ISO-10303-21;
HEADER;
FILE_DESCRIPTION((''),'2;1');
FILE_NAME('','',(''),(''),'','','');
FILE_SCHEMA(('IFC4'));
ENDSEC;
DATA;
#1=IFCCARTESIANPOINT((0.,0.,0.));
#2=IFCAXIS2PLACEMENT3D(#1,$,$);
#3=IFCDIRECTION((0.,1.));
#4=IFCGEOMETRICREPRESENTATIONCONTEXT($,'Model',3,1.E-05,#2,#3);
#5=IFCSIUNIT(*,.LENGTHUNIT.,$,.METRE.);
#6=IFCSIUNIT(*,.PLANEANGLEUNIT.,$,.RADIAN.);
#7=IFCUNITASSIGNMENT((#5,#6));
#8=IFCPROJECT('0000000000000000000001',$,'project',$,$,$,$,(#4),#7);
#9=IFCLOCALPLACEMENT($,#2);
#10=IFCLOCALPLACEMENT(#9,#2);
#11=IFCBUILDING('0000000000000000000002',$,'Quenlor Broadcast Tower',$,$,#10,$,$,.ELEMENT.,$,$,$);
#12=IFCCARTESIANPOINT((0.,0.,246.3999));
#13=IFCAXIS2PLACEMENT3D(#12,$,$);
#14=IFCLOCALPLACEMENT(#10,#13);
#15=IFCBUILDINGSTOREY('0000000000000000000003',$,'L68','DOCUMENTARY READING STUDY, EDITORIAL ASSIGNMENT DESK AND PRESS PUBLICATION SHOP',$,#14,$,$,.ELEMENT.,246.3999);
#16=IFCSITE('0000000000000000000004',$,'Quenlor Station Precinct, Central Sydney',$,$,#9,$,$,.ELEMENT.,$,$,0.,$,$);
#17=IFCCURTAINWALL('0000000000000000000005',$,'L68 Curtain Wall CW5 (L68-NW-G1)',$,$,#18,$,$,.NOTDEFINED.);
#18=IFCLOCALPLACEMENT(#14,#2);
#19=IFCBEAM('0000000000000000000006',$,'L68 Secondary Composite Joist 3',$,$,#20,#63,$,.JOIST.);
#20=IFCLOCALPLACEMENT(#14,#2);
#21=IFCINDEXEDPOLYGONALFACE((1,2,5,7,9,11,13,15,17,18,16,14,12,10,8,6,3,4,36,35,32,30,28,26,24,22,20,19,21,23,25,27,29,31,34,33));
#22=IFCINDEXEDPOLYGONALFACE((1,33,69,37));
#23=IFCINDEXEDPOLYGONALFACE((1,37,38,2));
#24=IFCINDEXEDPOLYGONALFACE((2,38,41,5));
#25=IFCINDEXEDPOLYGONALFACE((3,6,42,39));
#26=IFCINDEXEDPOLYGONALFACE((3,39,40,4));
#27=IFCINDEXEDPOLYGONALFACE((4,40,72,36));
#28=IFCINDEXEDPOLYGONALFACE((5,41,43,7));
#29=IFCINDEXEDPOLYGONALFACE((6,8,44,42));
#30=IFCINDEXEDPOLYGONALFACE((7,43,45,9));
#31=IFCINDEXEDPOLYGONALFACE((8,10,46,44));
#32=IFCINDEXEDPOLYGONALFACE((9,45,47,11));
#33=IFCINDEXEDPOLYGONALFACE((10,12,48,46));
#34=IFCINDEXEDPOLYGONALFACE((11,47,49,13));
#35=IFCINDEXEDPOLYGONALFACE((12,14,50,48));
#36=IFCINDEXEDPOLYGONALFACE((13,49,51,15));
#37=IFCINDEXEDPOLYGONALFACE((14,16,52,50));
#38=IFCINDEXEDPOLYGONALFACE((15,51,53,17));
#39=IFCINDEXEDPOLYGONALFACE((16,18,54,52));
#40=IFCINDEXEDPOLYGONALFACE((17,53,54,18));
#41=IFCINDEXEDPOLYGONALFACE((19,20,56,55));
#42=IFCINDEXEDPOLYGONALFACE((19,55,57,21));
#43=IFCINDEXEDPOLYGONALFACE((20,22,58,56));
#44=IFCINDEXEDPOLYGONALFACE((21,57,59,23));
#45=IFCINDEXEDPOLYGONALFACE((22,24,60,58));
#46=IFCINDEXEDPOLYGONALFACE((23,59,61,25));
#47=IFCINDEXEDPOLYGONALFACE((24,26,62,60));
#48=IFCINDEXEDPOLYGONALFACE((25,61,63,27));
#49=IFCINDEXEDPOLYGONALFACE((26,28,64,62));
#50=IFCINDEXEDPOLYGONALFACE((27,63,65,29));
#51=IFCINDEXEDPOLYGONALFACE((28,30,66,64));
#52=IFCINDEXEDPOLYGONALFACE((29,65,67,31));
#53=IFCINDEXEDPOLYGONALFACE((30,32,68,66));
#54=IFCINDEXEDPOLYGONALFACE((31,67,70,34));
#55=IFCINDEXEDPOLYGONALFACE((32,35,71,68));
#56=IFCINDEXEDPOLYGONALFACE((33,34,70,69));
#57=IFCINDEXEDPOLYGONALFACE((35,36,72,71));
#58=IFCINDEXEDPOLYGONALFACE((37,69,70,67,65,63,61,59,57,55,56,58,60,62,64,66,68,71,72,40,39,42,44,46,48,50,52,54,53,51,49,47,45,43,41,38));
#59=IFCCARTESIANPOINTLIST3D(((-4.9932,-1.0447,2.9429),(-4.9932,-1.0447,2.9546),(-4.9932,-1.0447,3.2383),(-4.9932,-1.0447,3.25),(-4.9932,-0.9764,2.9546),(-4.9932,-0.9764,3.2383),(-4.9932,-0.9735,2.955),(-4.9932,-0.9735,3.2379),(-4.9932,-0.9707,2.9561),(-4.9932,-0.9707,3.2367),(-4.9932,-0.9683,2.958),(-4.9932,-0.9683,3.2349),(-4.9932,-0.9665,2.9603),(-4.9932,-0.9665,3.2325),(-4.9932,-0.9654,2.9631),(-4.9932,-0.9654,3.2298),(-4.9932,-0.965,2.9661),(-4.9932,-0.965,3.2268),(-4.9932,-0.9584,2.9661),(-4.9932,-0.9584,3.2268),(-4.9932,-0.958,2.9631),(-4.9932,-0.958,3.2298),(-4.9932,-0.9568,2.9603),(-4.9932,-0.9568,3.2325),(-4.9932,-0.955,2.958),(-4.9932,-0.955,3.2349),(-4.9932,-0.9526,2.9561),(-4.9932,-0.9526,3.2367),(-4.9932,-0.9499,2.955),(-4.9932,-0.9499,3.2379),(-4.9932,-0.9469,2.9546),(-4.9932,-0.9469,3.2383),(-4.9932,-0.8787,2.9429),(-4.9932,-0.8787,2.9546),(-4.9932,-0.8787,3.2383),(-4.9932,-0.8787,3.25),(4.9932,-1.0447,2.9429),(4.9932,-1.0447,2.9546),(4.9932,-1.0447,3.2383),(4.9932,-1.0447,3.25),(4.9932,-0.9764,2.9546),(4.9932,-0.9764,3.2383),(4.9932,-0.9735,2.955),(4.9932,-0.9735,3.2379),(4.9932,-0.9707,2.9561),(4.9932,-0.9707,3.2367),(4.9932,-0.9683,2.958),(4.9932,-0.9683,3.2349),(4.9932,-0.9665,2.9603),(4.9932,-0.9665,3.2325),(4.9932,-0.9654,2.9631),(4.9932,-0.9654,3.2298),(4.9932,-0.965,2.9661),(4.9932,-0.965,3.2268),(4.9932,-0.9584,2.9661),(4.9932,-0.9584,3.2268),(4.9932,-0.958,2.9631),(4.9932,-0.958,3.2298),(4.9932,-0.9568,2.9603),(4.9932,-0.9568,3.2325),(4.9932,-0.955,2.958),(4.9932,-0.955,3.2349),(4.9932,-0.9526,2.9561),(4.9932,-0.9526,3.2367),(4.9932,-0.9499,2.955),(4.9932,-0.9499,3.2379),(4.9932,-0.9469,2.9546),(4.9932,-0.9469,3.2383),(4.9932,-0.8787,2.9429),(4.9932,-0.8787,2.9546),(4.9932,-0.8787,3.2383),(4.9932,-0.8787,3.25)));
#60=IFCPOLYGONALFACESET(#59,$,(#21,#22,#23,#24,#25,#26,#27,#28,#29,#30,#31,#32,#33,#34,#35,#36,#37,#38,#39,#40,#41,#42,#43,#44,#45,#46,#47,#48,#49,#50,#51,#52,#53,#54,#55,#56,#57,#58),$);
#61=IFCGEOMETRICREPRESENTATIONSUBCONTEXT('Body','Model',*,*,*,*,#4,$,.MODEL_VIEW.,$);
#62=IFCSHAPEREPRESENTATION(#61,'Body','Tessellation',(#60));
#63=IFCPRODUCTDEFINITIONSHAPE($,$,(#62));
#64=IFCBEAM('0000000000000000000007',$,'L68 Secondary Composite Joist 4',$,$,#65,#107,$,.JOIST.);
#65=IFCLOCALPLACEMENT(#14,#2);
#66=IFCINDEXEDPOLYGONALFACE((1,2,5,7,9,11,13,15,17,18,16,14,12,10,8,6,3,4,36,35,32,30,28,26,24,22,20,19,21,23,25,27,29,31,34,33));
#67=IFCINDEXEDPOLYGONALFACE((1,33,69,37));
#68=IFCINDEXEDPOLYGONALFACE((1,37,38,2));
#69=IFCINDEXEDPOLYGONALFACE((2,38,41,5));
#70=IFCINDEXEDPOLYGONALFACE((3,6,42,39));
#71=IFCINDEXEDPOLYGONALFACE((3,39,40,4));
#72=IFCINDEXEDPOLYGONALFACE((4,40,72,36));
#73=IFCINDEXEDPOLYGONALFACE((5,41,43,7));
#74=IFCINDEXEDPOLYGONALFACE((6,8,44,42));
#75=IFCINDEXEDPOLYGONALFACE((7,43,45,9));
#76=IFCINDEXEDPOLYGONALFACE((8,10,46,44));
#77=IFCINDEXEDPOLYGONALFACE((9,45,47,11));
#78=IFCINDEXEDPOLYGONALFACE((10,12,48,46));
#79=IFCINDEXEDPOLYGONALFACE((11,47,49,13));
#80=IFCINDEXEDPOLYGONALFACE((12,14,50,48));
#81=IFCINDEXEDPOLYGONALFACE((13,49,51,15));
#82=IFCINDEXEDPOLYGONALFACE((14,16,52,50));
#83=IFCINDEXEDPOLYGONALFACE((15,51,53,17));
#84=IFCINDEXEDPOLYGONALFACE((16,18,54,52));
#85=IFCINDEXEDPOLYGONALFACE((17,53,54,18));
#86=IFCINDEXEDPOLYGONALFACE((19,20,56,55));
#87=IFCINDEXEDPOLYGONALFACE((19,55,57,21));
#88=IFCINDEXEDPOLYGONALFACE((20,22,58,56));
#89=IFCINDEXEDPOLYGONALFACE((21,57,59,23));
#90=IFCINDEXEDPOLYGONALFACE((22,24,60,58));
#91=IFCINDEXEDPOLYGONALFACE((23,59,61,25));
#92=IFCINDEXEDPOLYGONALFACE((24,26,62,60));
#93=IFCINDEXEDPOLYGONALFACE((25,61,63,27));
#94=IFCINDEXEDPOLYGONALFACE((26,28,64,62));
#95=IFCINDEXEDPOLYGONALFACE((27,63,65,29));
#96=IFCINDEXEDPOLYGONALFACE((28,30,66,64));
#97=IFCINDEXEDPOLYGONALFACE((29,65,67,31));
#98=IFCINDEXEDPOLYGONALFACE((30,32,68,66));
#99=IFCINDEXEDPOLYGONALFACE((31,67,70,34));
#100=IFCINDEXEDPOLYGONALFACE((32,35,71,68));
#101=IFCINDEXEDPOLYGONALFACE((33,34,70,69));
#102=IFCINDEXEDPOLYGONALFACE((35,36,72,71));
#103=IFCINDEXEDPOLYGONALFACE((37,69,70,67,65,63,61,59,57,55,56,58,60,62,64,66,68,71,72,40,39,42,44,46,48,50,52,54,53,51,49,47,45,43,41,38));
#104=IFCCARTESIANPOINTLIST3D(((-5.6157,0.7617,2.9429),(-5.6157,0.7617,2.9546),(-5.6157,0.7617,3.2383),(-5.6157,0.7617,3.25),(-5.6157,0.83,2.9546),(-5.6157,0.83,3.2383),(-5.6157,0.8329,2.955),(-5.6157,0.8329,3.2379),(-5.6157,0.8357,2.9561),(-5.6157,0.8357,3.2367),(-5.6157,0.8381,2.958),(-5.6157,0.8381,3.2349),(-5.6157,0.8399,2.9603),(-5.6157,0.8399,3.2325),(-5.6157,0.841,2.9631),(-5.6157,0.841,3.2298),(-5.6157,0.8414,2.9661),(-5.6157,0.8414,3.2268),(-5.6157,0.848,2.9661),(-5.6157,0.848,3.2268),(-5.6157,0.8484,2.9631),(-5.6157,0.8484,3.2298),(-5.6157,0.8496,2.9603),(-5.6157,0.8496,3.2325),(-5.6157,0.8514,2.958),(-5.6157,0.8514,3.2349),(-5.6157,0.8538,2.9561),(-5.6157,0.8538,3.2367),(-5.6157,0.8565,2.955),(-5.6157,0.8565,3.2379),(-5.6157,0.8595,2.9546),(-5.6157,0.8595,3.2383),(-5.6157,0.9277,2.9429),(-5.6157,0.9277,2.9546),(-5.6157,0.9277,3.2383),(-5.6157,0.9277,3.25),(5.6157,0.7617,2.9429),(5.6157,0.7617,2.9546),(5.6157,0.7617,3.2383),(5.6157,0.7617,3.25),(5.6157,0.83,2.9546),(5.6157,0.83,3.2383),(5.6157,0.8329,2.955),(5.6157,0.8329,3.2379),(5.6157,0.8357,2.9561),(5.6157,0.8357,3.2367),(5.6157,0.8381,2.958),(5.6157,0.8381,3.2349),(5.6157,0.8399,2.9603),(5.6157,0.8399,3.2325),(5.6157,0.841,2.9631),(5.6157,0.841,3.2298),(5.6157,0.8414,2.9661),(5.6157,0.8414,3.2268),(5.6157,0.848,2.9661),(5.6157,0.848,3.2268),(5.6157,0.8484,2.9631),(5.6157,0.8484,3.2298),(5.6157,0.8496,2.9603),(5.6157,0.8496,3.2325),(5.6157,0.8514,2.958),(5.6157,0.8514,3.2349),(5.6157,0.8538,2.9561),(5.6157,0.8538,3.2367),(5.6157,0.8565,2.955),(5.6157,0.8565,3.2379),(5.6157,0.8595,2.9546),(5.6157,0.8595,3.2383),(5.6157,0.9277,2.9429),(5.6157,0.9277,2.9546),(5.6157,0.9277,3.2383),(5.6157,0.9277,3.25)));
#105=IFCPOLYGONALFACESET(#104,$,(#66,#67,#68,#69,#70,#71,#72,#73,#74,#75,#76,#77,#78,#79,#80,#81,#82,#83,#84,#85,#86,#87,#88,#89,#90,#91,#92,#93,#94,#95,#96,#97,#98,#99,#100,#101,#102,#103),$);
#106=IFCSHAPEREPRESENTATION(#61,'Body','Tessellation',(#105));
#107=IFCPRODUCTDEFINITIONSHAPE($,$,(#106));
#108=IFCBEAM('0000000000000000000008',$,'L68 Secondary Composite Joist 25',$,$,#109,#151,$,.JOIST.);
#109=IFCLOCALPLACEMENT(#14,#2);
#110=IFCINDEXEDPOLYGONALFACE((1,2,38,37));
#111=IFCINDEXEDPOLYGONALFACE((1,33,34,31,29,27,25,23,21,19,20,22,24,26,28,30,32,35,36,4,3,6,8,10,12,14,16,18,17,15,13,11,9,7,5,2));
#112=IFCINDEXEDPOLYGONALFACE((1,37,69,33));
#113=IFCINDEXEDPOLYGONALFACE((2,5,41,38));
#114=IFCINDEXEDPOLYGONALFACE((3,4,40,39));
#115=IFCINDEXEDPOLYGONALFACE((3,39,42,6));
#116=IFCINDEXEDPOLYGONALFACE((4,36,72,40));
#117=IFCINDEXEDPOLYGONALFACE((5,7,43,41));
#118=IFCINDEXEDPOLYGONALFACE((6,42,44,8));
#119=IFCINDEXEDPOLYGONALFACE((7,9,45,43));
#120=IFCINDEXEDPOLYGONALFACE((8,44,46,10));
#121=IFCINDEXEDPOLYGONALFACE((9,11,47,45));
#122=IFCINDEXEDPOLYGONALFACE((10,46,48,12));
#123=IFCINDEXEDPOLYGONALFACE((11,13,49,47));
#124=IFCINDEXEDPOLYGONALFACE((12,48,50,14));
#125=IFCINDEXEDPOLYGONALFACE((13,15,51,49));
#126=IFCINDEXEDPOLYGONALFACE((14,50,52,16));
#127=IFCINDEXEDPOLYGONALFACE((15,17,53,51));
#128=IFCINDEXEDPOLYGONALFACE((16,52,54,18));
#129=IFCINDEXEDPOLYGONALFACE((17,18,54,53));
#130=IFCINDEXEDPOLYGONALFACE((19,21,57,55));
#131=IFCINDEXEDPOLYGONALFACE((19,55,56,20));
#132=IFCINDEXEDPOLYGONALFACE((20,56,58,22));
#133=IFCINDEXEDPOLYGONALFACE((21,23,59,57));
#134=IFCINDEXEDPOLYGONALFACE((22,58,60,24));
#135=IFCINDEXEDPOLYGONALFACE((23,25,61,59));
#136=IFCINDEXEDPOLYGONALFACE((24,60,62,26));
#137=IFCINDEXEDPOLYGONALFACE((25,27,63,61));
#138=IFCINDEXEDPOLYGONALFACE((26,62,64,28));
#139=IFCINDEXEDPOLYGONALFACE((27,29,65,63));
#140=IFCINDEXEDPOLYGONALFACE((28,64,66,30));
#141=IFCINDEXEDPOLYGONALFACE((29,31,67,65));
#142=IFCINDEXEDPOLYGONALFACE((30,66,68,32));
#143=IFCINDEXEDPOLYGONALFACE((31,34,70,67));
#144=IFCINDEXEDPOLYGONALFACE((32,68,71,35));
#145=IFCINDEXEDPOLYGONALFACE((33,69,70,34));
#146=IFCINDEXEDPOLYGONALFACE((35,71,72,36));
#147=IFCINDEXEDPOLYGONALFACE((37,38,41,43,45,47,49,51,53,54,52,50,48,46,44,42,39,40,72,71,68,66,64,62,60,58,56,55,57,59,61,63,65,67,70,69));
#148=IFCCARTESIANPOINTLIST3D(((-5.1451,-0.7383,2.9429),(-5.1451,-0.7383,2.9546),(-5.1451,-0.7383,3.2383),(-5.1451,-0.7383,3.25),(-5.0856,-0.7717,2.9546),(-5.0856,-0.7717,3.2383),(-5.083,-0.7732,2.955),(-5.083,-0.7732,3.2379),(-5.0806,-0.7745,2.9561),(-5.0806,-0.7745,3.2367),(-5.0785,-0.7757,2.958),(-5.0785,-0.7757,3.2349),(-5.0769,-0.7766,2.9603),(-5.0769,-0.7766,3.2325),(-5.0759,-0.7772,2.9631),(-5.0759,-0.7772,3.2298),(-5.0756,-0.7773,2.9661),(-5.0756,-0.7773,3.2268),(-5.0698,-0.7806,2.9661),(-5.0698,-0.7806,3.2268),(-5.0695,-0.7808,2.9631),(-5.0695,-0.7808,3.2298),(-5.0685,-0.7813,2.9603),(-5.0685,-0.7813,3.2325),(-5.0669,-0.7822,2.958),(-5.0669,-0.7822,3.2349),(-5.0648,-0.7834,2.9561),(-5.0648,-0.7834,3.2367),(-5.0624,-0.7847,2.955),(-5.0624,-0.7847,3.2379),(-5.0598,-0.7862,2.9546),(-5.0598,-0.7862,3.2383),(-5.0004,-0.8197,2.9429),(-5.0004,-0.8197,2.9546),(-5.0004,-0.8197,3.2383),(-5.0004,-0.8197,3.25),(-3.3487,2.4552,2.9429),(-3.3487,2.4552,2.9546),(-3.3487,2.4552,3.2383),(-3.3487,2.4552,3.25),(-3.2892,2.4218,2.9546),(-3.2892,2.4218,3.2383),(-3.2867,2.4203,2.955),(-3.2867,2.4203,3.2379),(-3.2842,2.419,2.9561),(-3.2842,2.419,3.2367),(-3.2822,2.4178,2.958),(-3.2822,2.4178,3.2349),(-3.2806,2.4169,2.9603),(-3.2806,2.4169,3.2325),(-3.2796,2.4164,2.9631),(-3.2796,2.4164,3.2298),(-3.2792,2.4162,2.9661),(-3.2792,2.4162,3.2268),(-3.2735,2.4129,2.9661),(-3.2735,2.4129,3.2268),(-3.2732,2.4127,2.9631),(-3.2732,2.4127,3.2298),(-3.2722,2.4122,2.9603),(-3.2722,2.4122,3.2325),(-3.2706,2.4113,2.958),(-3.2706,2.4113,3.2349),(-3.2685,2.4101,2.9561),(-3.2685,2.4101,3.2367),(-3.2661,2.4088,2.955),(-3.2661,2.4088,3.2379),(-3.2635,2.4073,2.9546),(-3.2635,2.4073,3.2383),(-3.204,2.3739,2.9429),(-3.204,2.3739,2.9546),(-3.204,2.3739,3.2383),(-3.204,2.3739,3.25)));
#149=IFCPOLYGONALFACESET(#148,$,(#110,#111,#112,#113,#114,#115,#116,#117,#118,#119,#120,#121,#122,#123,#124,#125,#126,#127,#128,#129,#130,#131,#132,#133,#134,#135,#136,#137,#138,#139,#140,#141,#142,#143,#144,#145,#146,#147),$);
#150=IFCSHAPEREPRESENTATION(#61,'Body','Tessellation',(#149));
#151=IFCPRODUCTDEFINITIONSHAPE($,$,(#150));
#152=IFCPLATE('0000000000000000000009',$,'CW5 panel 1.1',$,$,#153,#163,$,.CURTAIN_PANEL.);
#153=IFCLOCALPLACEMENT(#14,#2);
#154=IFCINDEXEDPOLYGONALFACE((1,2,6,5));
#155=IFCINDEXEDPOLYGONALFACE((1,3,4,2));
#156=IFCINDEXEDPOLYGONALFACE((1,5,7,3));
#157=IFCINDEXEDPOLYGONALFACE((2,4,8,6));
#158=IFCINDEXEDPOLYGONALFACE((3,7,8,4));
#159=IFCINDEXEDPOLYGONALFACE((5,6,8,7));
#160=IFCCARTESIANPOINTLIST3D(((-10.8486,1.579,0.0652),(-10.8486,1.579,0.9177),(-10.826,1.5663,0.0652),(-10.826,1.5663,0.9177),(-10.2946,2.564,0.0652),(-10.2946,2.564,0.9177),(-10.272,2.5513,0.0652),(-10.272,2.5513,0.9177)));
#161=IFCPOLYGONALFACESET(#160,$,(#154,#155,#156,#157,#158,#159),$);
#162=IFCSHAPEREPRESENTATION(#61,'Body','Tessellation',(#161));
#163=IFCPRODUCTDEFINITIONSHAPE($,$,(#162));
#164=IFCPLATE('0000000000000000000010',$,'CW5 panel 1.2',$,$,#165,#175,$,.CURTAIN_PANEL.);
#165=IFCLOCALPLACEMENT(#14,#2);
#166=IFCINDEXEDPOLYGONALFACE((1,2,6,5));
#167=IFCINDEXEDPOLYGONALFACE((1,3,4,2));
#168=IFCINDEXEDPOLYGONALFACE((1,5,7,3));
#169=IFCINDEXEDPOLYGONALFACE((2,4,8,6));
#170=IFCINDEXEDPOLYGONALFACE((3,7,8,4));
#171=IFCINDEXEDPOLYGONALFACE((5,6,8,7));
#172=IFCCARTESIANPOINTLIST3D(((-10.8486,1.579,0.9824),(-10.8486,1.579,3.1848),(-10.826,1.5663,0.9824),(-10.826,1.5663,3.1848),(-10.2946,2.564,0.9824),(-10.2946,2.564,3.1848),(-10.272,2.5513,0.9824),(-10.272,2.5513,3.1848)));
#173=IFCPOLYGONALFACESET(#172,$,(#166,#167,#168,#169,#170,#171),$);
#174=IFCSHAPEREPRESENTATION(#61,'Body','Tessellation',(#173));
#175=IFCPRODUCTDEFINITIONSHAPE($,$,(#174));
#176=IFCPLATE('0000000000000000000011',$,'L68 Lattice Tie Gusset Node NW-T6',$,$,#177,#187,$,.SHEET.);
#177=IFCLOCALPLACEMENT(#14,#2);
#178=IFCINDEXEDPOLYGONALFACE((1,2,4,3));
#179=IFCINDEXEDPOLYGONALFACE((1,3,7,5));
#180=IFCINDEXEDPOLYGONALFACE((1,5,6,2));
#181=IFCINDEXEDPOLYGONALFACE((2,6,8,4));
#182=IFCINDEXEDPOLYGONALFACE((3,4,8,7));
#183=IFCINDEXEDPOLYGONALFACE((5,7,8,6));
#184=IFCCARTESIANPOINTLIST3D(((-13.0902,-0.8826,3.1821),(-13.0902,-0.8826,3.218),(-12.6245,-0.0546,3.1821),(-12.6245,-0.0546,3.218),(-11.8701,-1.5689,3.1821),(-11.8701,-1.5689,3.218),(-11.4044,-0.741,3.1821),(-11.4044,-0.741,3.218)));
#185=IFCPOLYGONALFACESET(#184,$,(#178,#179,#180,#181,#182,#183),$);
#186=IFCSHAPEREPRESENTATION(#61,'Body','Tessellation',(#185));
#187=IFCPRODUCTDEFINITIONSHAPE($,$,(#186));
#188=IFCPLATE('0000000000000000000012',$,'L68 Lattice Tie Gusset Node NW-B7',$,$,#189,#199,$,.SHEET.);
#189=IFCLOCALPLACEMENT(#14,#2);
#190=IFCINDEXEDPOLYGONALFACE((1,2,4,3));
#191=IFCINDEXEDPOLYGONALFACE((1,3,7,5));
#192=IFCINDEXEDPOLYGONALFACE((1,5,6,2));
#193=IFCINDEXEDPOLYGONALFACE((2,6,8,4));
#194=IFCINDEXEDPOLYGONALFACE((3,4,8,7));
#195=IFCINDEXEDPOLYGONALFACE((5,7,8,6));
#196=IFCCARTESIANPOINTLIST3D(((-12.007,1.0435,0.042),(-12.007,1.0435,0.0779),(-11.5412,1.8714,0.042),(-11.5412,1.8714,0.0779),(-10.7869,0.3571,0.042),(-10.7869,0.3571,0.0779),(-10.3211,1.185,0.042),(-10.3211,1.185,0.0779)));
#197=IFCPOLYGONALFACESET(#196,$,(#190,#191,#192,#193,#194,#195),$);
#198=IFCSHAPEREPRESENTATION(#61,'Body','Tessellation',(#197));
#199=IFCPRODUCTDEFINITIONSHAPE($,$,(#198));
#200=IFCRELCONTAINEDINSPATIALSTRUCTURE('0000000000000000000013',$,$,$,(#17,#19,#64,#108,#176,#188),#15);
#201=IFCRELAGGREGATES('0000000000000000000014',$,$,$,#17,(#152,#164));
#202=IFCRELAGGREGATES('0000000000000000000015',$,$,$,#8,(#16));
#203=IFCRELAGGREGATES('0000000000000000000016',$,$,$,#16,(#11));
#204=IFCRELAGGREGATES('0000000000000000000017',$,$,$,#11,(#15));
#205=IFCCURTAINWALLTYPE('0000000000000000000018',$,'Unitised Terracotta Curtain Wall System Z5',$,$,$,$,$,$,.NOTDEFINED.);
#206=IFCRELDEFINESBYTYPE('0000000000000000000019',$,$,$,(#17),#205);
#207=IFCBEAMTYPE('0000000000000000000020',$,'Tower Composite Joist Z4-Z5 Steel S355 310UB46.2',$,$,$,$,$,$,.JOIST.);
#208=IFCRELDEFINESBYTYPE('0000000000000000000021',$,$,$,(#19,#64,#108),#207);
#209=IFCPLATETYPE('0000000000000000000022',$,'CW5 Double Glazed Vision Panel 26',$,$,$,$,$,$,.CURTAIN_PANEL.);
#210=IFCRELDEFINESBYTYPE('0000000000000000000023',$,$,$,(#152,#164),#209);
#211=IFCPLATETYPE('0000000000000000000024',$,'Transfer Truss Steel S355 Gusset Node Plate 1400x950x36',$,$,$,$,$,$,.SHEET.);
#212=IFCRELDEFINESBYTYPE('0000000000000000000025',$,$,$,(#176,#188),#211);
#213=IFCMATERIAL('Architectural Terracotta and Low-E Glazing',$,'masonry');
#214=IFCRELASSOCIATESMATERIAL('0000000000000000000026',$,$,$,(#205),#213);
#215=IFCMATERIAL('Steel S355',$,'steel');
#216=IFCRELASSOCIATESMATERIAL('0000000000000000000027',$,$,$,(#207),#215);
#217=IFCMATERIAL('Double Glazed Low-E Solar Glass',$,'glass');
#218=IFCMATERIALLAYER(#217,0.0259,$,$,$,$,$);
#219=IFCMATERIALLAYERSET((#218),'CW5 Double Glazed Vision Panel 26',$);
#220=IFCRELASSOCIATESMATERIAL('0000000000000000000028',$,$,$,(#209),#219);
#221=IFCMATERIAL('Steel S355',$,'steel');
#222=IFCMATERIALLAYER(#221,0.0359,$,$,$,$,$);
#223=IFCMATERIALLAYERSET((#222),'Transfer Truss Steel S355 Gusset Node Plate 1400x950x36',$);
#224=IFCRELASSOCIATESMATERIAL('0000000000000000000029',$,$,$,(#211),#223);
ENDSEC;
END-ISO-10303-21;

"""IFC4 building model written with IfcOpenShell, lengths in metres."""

from ifc_helpers import new_model, si_unit, direction, frame, origin, origin_2d, place, context, subcontext, project, spatial, rectangle, i_section, extrude, material, layer, layer_set, material_profile, profile_set, type_object, element, aggregate, save


model = new_model("IFC4")

# Units and contexts
model_context = context("Model", 3, precision=1e-05, world=origin(), true_north=direction((0.0, 1.0)))
body_context = subcontext(model_context, "Body", "Model", "MODEL_VIEW")
ifc_project = project(units=[si_unit("LENGTHUNIT", "METRE"), si_unit("PLANEANGLEUNIT", "RADIAN")], contexts=[model_context])

# Site, building, storey
site_placement = place(None, origin())
site = spatial("IfcSite", under=ifc_project, at=site_placement, Name="Quenlor Station Precinct, Central Sydney", CompositionType="ELEMENT", RefElevation=0.0)
building_placement = place(site_placement, origin())
building = spatial("IfcBuilding", under=site, at=building_placement, Name="Quenlor Broadcast Tower", CompositionType="ELEMENT")
storey_placement = place(building_placement, frame((0.0, 0.0, 246.3999)))
storey = spatial("IfcBuildingStorey", under=building, at=storey_placement, Name="L68", Description="DOCUMENTARY READING STUDY, EDITORIAL ASSIGNMENT DESK AND PRESS PUBLICATION SHOP", CompositionType="ELEMENT", Elevation=246.3999)

# Curtain wall
ifc_material_1 = material(Name="Architectural Terracotta and Low-E Glazing", Category="masonry")
curtain_wall_type = type_object("IfcCurtainWallType", Name="Unitised Terracotta Curtain Wall System Z5", PredefinedType="NOTDEFINED", material=ifc_material_1)
curtain_wall_placement = place(storey_placement, origin())
curtain_wall = element("IfcCurtainWall", 1, at=curtain_wall_placement, inside=storey, type_object=curtain_wall_type, Name="L68 Curtain Wall CW5 (L68-NW-G1)", PredefinedType="NOTDEFINED")

# Beams
ifc_material_2 = material(Name="Steel S355", Category="steel")
ifc_material_profile_1 = material_profile(ifc_material_2, i_section(OverallWidth=0.166, OverallDepth=0.3071, WebThickness=0.0066, FlangeThickness=0.0117, FilletRadius=0.0115, at=origin_2d()))
ifc_profile_set_1 = profile_set([ifc_material_profile_1], Name="Steel S355 310UB46.2")
beam_type = type_object("IfcBeamType", Name="Tower Composite Joist Z4-Z5 Steel S355 310UB46.2", PredefinedType="JOIST", material=ifc_profile_set_1)
beam_1_placement = place(storey_placement, frame((-4.9932, -0.9617, 3.0964), z_axis=(1.0, 0.0, 0.0), x_axis=(0.0, 1.0, 0.0)))
element("IfcBeam", 2, at=beam_1_placement, inside=storey, type_object=beam_type, Name="L68 Secondary Composite Joist 3", PredefinedType="JOIST", context=body_context, shape_type="SweptSolid", body=[
    extrude(i_section(OverallWidth=0.166, OverallDepth=0.3071, WebThickness=0.0066, FlangeThickness=0.0117, FilletRadius=0.0115, at=origin_2d()), origin(), (0.0, 0.0, 1.0), 9.9863),
])
beam_2_placement = place(storey_placement, frame((-5.6157, 0.8447, 3.0964), z_axis=(1.0, 0.0, 0.0), x_axis=(0.0, 1.0, 0.0)))
element("IfcBeam", 3, at=beam_2_placement, inside=storey, type_object=beam_type, Name="L68 Secondary Composite Joist 4", PredefinedType="JOIST", context=body_context, shape_type="SweptSolid", body=[
    extrude(i_section(OverallWidth=0.166, OverallDepth=0.3071, WebThickness=0.0066, FlangeThickness=0.0117, FilletRadius=0.0115, at=origin_2d()), origin(), (0.0, 0.0, 1.0), 11.2314),
])
beam_3_placement = place(storey_placement, frame((-3.2764, 2.4146, 3.0964), z_axis=(-0.490258, -0.871577, 0.0), x_axis=(0.871577, -0.490258, 0.0)))
element("IfcBeam", 4, at=beam_3_placement, inside=storey, type_object=beam_type, Name="L68 Secondary Composite Joist 25", PredefinedType="JOIST", context=body_context, shape_type="SweptSolid", body=[
    extrude(i_section(OverallWidth=0.166, OverallDepth=0.3071, WebThickness=0.0066, FlangeThickness=0.0117, FilletRadius=0.0115, at=origin_2d()), origin(), (0.0, 0.0, 1.0), 3.6641),
])

# Plates
ifc_material_3 = material(Name="Double Glazed Low-E Solar Glass", Category="glass")
ifc_layer_1 = layer(ifc_material_3, 0.0259)
ifc_layer_set_1 = layer_set([ifc_layer_1], Name="CW5 Double Glazed Vision Panel 26")
plate_type_1 = type_object("IfcPlateType", Name="CW5 Double Glazed Vision Panel 26", PredefinedType="CURTAIN_PANEL", material=ifc_layer_set_1)
plate_1_placement = place(storey_placement, frame((-10.5603, 2.0652, 0.0652), z_axis=(0.0, 0.0, 1.0), x_axis=(0.490231, 0.871592, 0.0)))
plate_1 = element("IfcPlate", 5, at=plate_1_placement, type_object=plate_type_1, Name="CW5 panel 1.1", PredefinedType="CURTAIN_PANEL", context=body_context, shape_type="SweptSolid", body=[
    extrude(rectangle(XDim=1.1301, YDim=0.0259, at=origin_2d()), origin(), (0.0, 0.0, 1.0), 0.8525),
])
plate_2_placement = place(storey_placement, frame((-10.5603, 2.0652, 0.9824), z_axis=(0.0, 0.0, 1.0), x_axis=(0.490231, 0.871592, 0.0)))
plate_2 = element("IfcPlate", 6, at=plate_2_placement, type_object=plate_type_1, Name="CW5 panel 1.2", PredefinedType="CURTAIN_PANEL", context=body_context, shape_type="SweptSolid", body=[
    extrude(rectangle(XDim=1.1301, YDim=0.0259, at=origin_2d()), origin(), (0.0, 0.0, 1.0), 2.2024),
])
aggregate(curtain_wall, [plate_1, plate_2])

# Plates
ifc_material_4 = material(Name="Steel S355", Category="steel")
ifc_layer_2 = layer(ifc_material_4, 0.0359)
ifc_layer_set_2 = layer_set([ifc_layer_2], Name="Transfer Truss Steel S355 Gusset Node Plate 1400x950x36")
plate_type_2 = type_object("IfcPlateType", Name="Transfer Truss Steel S355 Gusset Node Plate 1400x950x36", PredefinedType="SHEET", material=ifc_layer_set_2)
for number, where, z_axis, x_axis, name in (
    (7, (-12.2473, -0.8118, 3.1821), (0.0, 0.0, 1.0), (-0.871556, 0.490295, 0.0), "L68 Lattice Tie Gusset Node NW-T6"),
    (8, (-11.1641, 1.1143, 0.042), (0.0, 0.0, 1.0), (-0.871556, 0.490295, 0.0), "L68 Lattice Tie Gusset Node NW-B7"),
):
    element("IfcPlate", number, at=place(storey_placement, frame(where, z_axis=z_axis, x_axis=x_axis)), inside=storey, type_object=plate_type_2, Name=name, PredefinedType="SHEET", context=body_context, shape_type="SweptSolid", body=[
        extrude(rectangle(XDim=1.3999, YDim=0.95, at=origin_2d()), origin(), (0.0, 0.0, 1.0), 0.0359),
    ])

save(model, "model.ifc")
